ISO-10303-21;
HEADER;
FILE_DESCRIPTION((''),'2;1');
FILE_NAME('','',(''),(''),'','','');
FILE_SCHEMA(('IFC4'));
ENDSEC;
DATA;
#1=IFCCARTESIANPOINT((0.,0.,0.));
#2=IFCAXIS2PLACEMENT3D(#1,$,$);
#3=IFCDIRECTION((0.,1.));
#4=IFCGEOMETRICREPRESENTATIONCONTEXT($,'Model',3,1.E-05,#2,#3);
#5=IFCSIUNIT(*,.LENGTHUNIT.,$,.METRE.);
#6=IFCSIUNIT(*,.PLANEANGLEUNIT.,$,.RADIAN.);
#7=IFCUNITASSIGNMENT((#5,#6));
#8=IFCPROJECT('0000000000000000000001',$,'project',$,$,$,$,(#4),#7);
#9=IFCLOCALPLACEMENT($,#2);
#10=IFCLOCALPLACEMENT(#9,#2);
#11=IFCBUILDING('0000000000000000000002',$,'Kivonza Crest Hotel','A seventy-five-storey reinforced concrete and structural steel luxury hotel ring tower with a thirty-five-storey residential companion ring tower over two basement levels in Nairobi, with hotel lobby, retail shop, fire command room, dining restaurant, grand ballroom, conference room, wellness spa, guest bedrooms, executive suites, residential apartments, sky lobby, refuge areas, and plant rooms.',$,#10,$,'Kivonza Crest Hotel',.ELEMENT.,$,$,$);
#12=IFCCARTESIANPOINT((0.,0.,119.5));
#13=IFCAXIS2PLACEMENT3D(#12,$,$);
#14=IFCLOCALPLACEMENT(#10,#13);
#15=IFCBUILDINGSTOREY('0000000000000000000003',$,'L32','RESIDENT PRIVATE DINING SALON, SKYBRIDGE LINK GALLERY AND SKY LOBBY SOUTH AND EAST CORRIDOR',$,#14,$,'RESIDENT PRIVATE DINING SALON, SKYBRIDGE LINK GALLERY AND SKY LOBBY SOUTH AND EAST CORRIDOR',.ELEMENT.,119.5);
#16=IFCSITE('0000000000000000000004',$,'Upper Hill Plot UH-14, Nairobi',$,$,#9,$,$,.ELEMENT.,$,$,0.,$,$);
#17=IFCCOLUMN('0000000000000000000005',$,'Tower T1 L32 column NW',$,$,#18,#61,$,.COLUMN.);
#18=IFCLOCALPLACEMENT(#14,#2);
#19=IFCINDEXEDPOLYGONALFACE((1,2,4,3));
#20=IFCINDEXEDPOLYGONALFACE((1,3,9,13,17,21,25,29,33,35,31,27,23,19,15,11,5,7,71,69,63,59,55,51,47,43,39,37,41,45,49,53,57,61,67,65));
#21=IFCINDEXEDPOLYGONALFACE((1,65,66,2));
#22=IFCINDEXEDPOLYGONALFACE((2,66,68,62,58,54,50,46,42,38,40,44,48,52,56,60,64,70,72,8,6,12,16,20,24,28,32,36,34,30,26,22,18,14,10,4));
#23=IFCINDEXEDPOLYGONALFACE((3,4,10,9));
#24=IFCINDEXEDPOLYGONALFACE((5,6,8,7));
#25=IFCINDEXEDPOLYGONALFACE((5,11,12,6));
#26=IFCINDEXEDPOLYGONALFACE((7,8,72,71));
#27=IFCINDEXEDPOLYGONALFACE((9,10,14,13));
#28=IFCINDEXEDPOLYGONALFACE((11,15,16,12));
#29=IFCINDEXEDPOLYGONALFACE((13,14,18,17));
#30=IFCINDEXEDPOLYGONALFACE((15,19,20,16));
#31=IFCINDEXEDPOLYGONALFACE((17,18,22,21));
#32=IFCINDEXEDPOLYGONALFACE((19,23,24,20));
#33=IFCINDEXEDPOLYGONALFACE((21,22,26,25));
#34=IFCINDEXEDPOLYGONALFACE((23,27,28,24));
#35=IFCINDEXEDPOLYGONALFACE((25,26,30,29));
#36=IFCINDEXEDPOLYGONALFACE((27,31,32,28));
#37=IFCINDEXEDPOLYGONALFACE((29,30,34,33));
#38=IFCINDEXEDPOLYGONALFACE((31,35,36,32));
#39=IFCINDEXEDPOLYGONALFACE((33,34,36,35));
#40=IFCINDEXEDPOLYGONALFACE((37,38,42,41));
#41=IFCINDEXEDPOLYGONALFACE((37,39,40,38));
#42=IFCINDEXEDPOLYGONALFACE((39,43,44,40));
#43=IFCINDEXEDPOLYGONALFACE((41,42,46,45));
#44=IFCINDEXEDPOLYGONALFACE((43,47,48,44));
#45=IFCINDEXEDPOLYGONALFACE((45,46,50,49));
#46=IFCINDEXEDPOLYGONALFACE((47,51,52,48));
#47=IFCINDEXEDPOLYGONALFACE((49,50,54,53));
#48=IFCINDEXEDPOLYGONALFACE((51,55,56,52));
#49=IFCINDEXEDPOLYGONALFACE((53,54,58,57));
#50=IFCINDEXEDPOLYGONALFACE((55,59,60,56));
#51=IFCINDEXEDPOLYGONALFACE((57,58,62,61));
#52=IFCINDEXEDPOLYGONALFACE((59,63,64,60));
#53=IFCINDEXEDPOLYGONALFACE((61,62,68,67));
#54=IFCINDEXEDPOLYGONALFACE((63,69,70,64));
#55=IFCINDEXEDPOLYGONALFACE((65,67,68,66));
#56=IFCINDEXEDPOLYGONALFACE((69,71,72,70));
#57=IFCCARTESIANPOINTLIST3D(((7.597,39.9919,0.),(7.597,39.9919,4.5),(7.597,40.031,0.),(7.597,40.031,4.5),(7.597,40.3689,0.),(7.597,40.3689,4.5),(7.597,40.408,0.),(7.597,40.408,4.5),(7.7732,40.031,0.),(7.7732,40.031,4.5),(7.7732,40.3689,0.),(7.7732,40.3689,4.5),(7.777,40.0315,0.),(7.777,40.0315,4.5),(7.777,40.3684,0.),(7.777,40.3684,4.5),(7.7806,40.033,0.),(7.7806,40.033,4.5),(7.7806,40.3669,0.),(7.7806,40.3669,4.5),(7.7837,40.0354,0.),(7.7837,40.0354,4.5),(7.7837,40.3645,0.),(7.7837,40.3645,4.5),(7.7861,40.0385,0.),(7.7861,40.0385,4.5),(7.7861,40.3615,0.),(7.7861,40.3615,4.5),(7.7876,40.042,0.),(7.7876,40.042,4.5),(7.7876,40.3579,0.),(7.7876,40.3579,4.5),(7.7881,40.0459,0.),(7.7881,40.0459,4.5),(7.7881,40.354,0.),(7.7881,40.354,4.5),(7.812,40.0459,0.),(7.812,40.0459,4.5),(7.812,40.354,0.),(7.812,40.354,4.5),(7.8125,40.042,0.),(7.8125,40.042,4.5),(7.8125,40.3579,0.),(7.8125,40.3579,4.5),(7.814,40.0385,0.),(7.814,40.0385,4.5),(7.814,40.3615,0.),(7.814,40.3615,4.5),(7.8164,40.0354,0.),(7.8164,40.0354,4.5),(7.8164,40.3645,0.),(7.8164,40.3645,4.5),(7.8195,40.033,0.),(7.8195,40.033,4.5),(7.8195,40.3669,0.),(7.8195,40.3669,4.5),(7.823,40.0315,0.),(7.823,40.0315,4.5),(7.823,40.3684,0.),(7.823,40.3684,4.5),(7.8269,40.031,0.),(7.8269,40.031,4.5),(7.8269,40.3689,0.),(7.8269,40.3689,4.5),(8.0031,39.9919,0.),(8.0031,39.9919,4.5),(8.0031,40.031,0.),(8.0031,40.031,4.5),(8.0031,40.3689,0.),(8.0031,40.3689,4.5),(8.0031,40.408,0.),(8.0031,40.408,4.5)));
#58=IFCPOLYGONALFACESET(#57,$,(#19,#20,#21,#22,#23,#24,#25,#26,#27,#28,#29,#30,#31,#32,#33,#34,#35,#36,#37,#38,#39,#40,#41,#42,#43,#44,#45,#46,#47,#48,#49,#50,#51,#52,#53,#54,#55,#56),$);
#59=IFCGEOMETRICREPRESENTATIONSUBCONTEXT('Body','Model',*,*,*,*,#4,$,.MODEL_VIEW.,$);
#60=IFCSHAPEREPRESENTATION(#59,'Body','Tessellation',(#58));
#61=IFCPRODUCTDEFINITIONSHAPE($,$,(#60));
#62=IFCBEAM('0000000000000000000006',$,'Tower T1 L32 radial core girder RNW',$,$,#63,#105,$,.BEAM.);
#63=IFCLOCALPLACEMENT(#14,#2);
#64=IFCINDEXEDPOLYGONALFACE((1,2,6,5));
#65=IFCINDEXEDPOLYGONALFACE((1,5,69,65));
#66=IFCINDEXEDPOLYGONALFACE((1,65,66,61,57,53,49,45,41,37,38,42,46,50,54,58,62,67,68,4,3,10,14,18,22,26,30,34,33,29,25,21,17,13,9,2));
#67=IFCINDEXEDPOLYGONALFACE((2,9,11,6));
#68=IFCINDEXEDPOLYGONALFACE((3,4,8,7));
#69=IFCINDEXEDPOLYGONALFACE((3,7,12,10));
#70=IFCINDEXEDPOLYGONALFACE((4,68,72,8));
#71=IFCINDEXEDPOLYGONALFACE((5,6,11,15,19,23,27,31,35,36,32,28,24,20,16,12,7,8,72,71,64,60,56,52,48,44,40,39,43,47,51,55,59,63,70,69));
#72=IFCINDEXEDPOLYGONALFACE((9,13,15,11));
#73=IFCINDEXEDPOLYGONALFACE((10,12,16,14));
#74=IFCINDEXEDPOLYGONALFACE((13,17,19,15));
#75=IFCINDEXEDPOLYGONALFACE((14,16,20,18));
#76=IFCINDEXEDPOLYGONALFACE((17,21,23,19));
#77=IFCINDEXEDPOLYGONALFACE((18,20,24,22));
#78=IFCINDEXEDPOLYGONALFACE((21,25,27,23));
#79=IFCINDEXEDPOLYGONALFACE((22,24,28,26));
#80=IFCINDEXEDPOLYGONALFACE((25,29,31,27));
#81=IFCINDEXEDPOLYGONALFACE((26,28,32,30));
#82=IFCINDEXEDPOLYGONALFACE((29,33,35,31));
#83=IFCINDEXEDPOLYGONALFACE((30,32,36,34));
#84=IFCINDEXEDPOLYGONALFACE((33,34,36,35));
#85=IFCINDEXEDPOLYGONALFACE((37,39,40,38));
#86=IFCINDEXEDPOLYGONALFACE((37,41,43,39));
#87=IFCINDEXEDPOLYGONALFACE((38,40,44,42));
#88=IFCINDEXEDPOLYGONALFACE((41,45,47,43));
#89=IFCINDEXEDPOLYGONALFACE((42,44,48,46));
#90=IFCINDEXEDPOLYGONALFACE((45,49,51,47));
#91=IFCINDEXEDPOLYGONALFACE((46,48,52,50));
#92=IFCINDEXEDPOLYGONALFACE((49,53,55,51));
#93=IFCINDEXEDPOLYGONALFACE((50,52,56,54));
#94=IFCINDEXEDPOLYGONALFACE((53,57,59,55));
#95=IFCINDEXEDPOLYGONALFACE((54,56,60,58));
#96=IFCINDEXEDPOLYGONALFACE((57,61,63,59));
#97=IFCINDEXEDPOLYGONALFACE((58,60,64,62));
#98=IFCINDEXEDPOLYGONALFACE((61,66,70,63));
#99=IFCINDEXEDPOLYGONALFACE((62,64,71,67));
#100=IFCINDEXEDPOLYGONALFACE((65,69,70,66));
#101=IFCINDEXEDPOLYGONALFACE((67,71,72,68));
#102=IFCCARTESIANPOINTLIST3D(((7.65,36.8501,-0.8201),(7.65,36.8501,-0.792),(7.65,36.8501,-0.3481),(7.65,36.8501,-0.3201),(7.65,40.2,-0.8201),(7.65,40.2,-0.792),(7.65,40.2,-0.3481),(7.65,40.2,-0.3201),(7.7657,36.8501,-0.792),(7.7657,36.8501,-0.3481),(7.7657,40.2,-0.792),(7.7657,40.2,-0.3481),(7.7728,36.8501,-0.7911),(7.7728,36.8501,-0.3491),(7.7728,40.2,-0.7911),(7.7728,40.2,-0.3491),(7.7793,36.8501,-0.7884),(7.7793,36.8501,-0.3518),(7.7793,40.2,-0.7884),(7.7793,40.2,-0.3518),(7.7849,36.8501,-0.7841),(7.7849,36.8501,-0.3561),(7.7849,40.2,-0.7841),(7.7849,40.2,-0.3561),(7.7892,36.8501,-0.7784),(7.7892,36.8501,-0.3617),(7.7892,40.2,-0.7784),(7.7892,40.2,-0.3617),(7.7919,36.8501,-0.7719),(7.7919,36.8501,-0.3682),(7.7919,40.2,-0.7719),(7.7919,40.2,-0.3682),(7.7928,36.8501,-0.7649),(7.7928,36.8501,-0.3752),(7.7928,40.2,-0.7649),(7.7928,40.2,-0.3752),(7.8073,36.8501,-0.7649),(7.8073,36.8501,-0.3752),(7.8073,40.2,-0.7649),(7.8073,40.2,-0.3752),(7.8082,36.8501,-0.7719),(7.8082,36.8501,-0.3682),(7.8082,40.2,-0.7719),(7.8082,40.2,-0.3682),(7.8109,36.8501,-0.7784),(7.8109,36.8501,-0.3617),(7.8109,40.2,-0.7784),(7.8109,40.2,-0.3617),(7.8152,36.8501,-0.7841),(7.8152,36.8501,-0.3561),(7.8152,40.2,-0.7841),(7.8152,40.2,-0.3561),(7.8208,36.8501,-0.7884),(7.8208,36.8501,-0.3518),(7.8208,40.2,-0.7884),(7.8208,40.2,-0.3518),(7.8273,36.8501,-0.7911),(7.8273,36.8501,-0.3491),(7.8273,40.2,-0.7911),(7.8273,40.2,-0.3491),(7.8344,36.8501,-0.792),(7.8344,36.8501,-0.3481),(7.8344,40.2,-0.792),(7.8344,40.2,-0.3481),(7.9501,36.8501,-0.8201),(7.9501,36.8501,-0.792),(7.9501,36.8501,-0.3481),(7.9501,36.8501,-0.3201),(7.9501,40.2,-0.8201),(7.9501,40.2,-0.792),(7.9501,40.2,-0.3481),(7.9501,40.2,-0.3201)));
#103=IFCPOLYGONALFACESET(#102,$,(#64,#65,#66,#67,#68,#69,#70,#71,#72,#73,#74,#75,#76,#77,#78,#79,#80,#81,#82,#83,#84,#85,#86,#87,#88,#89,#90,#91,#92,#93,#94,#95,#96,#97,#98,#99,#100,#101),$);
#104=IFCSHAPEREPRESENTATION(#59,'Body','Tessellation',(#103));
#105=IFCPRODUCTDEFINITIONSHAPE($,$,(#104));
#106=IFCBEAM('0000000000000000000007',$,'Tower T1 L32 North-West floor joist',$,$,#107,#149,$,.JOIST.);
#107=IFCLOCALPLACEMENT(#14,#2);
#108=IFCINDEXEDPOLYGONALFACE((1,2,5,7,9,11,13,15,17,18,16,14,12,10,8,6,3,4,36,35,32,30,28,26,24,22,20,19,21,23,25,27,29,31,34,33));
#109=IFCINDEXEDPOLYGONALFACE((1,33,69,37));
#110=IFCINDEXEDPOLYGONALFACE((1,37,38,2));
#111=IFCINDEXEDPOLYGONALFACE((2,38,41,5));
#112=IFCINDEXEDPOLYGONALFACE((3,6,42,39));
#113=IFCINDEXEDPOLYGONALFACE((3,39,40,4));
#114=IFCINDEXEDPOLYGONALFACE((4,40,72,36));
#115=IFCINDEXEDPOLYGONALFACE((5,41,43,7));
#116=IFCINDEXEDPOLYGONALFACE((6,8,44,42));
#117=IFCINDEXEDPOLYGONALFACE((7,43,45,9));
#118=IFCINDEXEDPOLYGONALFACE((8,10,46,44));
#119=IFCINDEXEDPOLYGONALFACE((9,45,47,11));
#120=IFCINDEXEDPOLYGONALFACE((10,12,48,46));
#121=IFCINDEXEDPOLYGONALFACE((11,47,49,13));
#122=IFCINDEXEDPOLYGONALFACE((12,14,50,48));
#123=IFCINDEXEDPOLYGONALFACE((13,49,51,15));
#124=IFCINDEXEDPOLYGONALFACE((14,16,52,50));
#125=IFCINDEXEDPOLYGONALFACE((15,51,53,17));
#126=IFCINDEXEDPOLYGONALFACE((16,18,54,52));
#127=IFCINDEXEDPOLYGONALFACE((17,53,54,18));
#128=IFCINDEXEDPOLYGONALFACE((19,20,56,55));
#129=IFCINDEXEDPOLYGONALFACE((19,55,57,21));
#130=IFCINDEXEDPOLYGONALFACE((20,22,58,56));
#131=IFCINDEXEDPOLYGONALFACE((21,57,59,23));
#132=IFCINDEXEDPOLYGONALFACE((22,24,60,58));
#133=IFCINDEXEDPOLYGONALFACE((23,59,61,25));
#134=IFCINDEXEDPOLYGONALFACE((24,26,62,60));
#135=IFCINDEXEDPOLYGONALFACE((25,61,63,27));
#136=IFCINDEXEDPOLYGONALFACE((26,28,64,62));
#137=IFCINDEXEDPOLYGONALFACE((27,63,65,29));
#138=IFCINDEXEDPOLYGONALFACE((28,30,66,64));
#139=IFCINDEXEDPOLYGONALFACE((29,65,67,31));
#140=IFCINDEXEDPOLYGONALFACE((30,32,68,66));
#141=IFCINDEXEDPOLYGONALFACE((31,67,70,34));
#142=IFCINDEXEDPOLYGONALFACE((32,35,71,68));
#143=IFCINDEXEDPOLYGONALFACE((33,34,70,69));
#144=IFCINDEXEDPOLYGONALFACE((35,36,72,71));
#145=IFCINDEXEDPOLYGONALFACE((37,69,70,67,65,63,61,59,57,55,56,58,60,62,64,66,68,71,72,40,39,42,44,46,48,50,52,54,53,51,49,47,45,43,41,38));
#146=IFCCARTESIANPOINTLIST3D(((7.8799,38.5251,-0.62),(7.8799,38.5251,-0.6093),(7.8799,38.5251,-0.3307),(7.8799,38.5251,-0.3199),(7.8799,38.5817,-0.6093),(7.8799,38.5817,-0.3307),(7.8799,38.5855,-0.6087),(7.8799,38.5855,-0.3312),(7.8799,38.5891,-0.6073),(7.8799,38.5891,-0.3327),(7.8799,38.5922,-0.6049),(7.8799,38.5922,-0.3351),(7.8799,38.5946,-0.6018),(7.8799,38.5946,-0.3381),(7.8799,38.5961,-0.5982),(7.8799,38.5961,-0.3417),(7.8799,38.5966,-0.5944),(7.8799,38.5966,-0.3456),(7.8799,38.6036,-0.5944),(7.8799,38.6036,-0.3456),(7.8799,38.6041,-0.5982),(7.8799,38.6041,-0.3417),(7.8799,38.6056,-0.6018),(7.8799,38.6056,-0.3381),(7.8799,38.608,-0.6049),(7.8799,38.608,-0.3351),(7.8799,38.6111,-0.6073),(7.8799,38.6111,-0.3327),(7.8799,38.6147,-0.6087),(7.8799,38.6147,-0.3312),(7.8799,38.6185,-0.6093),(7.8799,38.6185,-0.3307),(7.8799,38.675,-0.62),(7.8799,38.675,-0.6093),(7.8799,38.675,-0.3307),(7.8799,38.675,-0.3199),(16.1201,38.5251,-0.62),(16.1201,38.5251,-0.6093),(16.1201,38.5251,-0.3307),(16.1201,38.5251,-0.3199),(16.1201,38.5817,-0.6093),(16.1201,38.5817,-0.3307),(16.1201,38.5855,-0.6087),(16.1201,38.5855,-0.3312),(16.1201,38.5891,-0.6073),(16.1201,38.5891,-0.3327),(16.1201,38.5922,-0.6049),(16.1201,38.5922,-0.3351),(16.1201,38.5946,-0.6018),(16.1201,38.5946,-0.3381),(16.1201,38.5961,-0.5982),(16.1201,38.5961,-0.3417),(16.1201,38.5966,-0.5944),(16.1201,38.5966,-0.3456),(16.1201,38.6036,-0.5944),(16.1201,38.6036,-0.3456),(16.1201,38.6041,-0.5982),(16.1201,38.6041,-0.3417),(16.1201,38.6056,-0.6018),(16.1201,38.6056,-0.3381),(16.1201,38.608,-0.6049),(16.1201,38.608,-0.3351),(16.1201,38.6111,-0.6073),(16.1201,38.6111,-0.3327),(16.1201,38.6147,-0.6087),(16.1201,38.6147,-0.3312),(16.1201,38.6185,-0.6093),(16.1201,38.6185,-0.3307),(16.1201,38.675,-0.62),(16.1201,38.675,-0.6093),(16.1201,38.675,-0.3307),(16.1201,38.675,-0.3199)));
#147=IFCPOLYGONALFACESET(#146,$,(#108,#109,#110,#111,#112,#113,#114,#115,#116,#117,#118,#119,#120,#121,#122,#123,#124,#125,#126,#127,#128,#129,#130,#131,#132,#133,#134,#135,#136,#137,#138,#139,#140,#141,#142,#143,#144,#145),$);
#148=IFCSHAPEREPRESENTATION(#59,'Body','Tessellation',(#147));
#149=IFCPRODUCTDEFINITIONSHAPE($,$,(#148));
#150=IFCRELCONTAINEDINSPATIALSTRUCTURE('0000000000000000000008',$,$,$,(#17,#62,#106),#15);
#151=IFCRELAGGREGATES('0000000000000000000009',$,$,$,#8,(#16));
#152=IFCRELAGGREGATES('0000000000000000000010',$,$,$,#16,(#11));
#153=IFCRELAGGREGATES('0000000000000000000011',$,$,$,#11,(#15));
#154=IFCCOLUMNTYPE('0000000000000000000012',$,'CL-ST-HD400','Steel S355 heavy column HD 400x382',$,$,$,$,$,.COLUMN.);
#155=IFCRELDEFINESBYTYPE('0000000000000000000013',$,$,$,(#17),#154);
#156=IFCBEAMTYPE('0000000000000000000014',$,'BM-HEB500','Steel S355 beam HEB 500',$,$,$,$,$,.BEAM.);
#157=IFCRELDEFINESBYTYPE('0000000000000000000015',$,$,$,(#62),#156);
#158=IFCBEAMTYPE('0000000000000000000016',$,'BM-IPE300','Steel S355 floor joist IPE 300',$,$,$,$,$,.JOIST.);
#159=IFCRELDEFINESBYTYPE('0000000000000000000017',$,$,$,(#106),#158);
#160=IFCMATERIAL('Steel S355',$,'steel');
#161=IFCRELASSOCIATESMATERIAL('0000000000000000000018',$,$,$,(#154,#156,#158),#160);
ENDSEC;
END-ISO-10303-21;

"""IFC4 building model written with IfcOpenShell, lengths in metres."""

from ifc_helpers import new_model, si_unit, direction, frame, origin, origin_2d, place, context, subcontext, project, spatial, i_section, extrude, material, material_profile, profile_set, type_object, element, save


model = new_model("IFC4")

# Units and contexts
model_context = context("Model", 3, precision=1e-05, world=origin(), true_north=direction((0.0, 1.0)))
body_context = subcontext(model_context, "Body", "Model", "MODEL_VIEW")
ifc_project = project(units=[si_unit("LENGTHUNIT", "METRE"), si_unit("PLANEANGLEUNIT", "RADIAN")], contexts=[model_context])

# Site, building, storey
site_placement = place(None, origin())
site = spatial("IfcSite", under=ifc_project, at=site_placement, Name="Upper Hill Plot UH-14, Nairobi", CompositionType="ELEMENT", RefElevation=0.0)
building_placement = place(site_placement, origin())
building = spatial("IfcBuilding", under=site, at=building_placement, Name="Kivonza Crest Hotel", Description="A seventy-five-storey reinforced concrete and structural steel luxury hotel ring tower with a thirty-five-storey residential companion ring tower over two basement levels in Nairobi, with hotel lobby, retail shop, fire command room, dining restaurant, grand ballroom, conference room, wellness spa, guest bedrooms, executive suites, residential apartments, sky lobby, refuge areas, and plant rooms.", LongName="Kivonza Crest Hotel", CompositionType="ELEMENT")
storey_placement = place(building_placement, frame((0.0, 0.0, 119.5)))
storey = spatial("IfcBuildingStorey", under=building, at=storey_placement, Name="L32", Description="RESIDENT PRIVATE DINING SALON, SKYBRIDGE LINK GALLERY AND SKY LOBBY SOUTH AND EAST CORRIDOR", LongName="RESIDENT PRIVATE DINING SALON, SKYBRIDGE LINK GALLERY AND SKY LOBBY SOUTH AND EAST CORRIDOR", CompositionType="ELEMENT", Elevation=119.5)

# Column
ifc_material_1 = material(Name="Steel S355", Category="steel")
ifc_material_profile_1 = material_profile(ifc_material_1, i_section(OverallWidth=0.406, OverallDepth=0.416, WebThickness=0.0239, FlangeThickness=0.0391, FilletRadius=0.0149, at=origin_2d()), Name="HD 400x382")
ifc_profile_set_1 = profile_set([ifc_material_profile_1], Name="Steel S355")
column_type = type_object("IfcColumnType", Name="CL-ST-HD400", Description="Steel S355 heavy column HD 400x382", PredefinedType="COLUMN", material=ifc_profile_set_1)
column_placement = place(storey_placement, frame((7.8, 40.2, 0.0), z_axis=(0.0, 0.0, 1.0), x_axis=(1.0, 0.0, 0.0)))
element("IfcColumn", 1, at=column_placement, inside=storey, type_object=column_type, Name="Tower T1 L32 column NW", PredefinedType="COLUMN", context=body_context, shape_type="SweptSolid", body=[
    extrude(i_section(OverallWidth=0.406, OverallDepth=0.416, WebThickness=0.0239, FlangeThickness=0.0391, FilletRadius=0.0149, at=origin_2d()), origin(), (0.0, 0.0, 1.0), 4.5),
])

# Beams
ifc_material_profile_2 = material_profile(ifc_material_1, i_section(OverallWidth=0.3, OverallDepth=0.5, WebThickness=0.0144, FlangeThickness=0.0281, FilletRadius=0.0271, at=origin_2d()), Name="HEB 500")
ifc_profile_set_2 = profile_set([ifc_material_profile_2], Name="Steel S355")
beam_type_1 = type_object("IfcBeamType", Name="BM-HEB500", Description="Steel S355 beam HEB 500", PredefinedType="BEAM", material=ifc_profile_set_2)
beam_1_placement = place(storey_placement, frame((7.8, 40.2, -0.5701), z_axis=(0.0, -1.0, 0.0), x_axis=(1.0, 0.0, 0.0)))
element("IfcBeam", 2, at=beam_1_placement, inside=storey, type_object=beam_type_1, Name="Tower T1 L32 radial core girder RNW", PredefinedType="BEAM", context=body_context, shape_type="SweptSolid", body=[
    extrude(i_section(OverallWidth=0.3, OverallDepth=0.5, WebThickness=0.0144, FlangeThickness=0.0281, FilletRadius=0.0271, at=origin_2d()), origin(), (0.0, 0.0, 1.0), 3.3499),
])
ifc_material_profile_3 = material_profile(ifc_material_1, i_section(OverallWidth=0.1499, OverallDepth=0.3, WebThickness=0.0071, FlangeThickness=0.0107, FilletRadius=0.0149, at=origin_2d()), Name="IPE 300")
ifc_profile_set_3 = profile_set([ifc_material_profile_3], Name="Steel S355")
beam_type_2 = type_object("IfcBeamType", Name="BM-IPE300", Description="Steel S355 floor joist IPE 300", PredefinedType="JOIST", material=ifc_profile_set_3)
beam_2_placement = place(storey_placement, frame((7.8799, 38.6001, -0.47), z_axis=(1.0, 0.0, 0.0), x_axis=(0.0, 1.0, 0.0)))
element("IfcBeam", 3, at=beam_2_placement, inside=storey, type_object=beam_type_2, Name="Tower T1 L32 North-West floor joist", PredefinedType="JOIST", context=body_context, shape_type="SweptSolid", body=[
    extrude(i_section(OverallWidth=0.1499, OverallDepth=0.3, WebThickness=0.0071, FlangeThickness=0.0107, FilletRadius=0.0149, at=origin_2d()), origin(), (0.0, 0.0, 1.0), 8.2402),
])

save(model, "model.ifc")
